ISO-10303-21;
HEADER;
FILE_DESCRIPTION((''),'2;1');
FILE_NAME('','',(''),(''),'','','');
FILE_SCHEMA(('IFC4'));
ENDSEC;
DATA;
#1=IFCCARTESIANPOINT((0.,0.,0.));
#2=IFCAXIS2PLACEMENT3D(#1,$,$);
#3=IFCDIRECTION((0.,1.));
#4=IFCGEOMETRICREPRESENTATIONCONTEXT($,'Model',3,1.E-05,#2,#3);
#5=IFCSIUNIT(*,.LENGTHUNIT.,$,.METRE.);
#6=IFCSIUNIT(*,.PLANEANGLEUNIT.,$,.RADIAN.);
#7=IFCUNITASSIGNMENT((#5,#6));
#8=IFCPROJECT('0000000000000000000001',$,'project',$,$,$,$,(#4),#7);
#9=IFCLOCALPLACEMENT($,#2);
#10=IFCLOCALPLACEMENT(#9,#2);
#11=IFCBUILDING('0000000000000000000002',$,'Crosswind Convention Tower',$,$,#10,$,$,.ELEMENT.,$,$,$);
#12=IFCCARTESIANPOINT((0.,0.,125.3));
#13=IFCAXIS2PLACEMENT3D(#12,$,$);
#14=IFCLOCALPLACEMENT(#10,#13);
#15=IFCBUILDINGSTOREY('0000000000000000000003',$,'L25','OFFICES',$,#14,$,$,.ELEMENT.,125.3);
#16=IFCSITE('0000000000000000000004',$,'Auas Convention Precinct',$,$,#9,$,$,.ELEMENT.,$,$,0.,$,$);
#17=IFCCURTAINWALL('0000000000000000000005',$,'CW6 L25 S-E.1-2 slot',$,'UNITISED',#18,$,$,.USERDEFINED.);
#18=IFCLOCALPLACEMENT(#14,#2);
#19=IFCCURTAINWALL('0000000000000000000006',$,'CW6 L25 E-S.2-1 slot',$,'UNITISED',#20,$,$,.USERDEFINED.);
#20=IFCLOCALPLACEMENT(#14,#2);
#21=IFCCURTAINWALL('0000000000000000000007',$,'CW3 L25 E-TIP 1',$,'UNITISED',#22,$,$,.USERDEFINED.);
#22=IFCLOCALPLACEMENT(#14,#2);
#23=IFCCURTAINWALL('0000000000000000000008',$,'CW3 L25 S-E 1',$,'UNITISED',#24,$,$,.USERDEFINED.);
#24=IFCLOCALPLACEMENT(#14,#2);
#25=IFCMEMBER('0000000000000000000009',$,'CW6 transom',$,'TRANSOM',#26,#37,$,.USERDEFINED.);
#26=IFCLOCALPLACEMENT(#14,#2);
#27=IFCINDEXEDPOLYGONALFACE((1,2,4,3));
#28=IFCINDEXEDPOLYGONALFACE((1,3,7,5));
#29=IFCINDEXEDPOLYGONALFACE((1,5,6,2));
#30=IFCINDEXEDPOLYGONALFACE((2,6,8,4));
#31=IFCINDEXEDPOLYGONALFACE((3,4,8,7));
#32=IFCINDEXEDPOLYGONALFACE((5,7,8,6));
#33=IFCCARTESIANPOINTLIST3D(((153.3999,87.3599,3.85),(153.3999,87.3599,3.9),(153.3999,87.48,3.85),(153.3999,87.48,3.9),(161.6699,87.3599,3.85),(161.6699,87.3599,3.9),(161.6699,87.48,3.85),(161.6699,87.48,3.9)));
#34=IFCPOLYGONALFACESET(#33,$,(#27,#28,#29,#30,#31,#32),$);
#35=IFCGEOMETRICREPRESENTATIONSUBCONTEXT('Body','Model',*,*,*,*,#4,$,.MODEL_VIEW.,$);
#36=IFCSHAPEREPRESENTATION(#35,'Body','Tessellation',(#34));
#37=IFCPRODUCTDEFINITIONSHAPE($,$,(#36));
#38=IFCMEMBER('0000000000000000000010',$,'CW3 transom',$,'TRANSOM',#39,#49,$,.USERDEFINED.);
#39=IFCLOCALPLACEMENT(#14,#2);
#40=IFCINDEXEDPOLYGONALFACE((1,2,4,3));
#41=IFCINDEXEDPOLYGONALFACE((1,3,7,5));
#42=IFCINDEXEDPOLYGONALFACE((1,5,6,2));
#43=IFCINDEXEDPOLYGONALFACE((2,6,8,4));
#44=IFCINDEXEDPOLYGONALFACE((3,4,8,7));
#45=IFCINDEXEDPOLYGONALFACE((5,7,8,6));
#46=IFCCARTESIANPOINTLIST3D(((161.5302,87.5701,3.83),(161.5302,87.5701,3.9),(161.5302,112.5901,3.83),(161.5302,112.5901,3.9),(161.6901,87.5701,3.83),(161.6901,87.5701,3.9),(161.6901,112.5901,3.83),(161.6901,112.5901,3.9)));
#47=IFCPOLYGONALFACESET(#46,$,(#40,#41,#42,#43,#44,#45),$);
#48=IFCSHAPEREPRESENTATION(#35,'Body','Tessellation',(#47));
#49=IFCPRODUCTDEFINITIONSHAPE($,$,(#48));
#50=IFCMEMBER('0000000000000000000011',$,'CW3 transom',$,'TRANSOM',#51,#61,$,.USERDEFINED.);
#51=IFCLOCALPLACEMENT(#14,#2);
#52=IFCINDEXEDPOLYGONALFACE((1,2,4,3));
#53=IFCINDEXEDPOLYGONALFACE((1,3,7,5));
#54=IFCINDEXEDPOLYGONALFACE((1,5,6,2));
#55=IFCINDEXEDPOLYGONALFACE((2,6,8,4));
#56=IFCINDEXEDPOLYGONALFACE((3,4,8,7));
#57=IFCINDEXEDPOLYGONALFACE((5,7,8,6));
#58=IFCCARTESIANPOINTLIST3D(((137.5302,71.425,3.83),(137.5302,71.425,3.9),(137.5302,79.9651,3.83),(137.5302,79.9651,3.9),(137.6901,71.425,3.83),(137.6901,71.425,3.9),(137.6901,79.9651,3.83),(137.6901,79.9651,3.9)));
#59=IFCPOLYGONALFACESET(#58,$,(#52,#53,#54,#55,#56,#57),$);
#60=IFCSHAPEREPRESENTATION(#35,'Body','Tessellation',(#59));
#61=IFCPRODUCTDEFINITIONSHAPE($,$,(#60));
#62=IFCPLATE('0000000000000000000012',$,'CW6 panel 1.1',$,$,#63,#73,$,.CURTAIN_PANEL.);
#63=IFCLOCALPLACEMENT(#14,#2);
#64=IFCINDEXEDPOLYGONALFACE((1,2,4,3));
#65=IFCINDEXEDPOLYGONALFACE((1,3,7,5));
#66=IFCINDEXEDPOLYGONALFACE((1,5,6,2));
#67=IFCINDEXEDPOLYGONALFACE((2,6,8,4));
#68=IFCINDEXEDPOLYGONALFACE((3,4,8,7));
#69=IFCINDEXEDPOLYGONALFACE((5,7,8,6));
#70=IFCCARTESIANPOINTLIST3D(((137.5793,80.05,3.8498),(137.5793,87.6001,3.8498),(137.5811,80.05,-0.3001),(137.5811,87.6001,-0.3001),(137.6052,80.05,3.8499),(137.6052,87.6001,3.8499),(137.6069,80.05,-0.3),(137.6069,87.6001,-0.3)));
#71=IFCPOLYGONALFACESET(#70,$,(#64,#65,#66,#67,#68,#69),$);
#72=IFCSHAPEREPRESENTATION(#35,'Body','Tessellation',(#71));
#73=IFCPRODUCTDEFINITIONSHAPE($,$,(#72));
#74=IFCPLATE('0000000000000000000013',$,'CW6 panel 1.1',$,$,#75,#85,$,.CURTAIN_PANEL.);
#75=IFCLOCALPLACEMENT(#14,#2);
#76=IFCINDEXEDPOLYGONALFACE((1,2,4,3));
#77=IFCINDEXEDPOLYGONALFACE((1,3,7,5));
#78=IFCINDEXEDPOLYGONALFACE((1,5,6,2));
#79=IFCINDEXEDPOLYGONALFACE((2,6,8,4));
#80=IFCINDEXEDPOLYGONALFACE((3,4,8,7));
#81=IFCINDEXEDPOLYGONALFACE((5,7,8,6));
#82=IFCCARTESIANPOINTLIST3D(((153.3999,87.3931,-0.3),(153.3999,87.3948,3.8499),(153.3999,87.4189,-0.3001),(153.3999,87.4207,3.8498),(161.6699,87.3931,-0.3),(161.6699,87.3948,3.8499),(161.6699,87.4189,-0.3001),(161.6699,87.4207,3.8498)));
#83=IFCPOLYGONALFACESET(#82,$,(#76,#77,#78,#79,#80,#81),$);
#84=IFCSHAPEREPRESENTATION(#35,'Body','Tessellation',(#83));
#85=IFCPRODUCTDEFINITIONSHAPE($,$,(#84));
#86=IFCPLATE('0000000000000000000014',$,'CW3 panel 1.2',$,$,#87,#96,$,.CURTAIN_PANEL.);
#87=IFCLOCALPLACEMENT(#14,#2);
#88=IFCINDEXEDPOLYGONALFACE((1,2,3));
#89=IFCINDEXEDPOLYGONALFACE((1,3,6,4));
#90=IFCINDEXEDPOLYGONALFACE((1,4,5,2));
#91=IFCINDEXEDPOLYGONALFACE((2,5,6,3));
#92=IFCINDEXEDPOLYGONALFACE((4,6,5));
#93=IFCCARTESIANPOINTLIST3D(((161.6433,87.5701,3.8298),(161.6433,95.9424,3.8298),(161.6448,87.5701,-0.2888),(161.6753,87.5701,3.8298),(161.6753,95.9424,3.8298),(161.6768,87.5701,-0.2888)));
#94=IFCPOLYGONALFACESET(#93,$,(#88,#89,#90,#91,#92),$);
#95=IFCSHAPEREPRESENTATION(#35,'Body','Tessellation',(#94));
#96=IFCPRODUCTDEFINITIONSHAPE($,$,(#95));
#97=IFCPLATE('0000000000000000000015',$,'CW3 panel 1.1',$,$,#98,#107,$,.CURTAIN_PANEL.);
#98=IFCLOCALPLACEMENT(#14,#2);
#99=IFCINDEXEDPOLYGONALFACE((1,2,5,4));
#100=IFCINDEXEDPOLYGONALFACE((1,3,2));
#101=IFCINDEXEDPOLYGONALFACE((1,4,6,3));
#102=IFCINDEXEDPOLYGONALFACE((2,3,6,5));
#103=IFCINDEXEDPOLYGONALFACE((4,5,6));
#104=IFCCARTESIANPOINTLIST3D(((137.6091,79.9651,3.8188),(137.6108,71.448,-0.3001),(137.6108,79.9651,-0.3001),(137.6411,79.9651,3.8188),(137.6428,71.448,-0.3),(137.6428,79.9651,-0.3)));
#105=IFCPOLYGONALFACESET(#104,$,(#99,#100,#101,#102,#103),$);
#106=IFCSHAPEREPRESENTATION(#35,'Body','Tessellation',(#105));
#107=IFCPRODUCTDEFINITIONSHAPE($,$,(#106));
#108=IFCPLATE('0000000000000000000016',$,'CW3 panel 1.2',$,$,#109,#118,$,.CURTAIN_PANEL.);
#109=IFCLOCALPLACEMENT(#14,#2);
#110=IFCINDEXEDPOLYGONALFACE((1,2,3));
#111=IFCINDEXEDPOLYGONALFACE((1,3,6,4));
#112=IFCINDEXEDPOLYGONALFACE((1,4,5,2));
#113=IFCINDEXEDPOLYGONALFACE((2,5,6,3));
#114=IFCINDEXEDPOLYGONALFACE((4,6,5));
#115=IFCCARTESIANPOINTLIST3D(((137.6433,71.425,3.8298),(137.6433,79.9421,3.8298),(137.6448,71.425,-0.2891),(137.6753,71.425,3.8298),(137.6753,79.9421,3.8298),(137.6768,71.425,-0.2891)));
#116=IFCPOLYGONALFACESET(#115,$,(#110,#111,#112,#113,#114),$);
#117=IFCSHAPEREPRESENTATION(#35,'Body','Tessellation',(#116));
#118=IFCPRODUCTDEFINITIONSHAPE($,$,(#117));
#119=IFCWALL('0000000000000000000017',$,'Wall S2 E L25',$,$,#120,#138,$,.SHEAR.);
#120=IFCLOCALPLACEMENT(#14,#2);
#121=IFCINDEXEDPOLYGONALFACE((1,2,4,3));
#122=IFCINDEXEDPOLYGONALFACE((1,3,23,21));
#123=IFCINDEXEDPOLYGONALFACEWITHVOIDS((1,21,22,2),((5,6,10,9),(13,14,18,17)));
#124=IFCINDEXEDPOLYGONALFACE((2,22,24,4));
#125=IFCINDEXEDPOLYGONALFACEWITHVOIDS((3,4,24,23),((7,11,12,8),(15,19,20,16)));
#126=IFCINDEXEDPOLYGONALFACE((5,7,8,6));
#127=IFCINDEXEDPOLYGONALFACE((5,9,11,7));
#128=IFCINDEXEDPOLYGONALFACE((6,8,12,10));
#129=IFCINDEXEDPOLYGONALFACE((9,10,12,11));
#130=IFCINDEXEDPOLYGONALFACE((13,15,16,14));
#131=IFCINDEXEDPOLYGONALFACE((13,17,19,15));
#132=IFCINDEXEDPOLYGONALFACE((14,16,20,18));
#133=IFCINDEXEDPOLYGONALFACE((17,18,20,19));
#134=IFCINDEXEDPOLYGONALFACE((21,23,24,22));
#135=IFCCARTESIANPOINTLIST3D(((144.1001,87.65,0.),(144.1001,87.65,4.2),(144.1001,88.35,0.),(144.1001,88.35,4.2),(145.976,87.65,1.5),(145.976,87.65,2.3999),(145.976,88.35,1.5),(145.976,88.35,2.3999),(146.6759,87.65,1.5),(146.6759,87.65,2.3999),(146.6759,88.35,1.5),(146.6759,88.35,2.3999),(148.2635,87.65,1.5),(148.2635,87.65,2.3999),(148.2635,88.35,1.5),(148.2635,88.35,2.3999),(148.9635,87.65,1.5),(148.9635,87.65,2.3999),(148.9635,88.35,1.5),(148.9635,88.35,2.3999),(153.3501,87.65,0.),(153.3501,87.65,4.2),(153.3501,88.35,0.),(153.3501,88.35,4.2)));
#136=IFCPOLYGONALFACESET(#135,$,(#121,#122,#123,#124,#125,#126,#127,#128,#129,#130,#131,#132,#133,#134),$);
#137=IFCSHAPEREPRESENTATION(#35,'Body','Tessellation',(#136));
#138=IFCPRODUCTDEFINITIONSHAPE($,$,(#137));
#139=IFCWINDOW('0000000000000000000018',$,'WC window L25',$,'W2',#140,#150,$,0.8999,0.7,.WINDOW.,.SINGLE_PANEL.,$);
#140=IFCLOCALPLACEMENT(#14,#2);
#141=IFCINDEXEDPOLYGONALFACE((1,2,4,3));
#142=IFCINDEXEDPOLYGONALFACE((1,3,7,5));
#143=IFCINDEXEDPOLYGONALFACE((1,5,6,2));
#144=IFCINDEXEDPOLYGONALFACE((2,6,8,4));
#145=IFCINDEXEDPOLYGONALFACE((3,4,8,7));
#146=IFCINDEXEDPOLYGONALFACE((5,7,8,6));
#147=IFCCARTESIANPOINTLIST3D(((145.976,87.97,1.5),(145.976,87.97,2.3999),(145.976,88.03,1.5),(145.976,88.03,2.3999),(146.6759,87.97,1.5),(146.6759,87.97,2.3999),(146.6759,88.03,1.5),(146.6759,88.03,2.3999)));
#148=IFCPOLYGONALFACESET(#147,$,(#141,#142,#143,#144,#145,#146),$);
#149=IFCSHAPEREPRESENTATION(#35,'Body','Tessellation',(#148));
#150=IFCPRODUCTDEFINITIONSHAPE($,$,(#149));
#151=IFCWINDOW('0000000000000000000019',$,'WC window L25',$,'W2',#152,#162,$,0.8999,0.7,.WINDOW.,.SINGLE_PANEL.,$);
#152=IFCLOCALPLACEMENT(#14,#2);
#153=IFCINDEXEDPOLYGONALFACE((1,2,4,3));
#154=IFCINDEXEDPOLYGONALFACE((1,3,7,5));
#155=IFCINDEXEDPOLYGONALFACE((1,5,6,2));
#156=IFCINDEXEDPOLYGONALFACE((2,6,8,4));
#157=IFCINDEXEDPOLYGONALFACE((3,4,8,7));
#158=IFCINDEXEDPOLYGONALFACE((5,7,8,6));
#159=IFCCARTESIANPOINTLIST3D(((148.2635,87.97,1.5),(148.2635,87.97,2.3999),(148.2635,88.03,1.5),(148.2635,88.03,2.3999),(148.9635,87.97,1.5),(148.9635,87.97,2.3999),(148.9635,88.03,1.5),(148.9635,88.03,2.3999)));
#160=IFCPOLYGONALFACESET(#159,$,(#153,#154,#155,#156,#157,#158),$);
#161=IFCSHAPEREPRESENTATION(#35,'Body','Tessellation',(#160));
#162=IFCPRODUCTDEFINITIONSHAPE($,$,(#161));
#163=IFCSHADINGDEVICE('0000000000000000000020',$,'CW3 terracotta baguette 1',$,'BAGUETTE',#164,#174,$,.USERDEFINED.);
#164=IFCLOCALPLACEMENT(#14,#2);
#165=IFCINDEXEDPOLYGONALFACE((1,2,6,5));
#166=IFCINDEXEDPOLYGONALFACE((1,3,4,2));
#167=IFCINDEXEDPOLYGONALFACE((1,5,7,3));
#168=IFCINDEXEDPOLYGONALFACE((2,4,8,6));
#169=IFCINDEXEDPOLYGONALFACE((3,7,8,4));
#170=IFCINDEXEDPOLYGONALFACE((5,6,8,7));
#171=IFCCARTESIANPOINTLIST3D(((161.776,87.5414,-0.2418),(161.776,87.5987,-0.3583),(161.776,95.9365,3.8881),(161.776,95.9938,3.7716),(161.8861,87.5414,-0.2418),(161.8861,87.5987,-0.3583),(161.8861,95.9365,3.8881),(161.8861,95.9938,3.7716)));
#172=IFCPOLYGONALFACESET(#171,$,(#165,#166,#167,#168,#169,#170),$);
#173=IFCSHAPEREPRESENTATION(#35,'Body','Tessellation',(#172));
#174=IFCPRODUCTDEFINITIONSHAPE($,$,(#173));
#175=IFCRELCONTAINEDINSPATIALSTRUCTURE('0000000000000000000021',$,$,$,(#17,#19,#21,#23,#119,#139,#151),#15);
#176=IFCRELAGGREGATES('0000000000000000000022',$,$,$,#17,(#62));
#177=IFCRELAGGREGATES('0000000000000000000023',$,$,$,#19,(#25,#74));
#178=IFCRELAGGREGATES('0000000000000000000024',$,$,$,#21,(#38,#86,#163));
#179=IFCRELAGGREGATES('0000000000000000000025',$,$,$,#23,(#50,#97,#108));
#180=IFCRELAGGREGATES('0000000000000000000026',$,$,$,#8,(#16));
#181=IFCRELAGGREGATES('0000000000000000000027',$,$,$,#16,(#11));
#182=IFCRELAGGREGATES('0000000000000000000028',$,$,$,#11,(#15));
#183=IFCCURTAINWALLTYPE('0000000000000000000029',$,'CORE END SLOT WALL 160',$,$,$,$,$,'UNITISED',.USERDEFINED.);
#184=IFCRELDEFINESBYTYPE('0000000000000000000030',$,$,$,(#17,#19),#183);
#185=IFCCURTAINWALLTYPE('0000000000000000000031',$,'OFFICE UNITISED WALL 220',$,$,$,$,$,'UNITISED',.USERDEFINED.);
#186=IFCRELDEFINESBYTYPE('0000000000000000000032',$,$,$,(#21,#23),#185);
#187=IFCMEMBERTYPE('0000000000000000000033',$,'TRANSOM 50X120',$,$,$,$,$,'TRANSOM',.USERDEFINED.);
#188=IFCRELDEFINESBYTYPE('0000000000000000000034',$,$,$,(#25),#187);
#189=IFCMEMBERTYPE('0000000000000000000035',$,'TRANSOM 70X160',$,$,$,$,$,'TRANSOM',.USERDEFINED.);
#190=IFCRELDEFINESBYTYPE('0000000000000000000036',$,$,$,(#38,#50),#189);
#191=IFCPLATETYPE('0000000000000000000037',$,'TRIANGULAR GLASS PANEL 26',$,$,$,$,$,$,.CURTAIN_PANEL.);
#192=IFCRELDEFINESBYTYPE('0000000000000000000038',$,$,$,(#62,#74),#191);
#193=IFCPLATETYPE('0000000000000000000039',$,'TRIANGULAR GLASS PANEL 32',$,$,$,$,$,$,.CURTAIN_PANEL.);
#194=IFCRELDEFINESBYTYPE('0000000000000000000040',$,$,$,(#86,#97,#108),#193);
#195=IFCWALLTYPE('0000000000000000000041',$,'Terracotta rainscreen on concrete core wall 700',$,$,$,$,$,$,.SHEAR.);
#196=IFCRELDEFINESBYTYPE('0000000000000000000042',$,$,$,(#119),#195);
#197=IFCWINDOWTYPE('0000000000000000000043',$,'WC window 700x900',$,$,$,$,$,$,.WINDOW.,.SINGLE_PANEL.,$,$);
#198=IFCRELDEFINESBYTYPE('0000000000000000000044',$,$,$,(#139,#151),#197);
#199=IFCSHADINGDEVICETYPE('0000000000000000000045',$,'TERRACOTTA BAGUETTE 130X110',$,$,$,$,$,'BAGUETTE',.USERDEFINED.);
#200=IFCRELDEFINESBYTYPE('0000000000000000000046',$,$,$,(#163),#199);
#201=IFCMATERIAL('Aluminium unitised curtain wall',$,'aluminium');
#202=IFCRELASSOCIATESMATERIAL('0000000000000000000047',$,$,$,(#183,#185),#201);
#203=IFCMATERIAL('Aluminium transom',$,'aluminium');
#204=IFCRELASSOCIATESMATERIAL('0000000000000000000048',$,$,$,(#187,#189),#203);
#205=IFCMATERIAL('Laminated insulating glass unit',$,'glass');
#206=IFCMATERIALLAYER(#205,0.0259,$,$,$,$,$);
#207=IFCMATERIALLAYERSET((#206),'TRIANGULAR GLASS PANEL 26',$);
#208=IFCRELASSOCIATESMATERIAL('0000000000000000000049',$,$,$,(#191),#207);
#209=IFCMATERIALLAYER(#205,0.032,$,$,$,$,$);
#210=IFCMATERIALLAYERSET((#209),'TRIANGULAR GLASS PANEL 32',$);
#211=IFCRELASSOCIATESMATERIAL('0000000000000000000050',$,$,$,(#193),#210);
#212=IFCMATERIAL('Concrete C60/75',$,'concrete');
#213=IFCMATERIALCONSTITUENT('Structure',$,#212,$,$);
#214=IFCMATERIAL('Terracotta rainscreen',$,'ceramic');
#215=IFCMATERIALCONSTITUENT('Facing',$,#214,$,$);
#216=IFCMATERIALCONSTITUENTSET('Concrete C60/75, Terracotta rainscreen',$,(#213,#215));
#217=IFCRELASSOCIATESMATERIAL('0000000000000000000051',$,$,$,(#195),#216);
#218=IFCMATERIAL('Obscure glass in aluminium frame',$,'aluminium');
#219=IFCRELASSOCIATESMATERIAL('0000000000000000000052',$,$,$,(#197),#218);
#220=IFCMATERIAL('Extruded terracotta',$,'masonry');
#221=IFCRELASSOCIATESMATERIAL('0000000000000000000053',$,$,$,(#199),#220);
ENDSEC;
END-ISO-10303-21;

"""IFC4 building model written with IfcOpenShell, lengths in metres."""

from ifc_helpers import new_model, si_unit, direction, frame, frame_2d, origin, origin_2d, place, context, subcontext, project, spatial, polyline, rectangle, outline, extrude, material, layer, layer_set, constituent, constituent_set, material_profile, profile_set, type_object, element, fill, aggregate, save


model = new_model("IFC4")

# Units and contexts
model_context = context("Model", 3, precision=1e-05, world=origin(), true_north=direction((0.0, 1.0)))
body_context = subcontext(model_context, "Body", "Model", "MODEL_VIEW")
ifc_project = project(units=[si_unit("LENGTHUNIT", "METRE"), si_unit("PLANEANGLEUNIT", "RADIAN")], contexts=[model_context])

# Site, building, storey
site_placement = place(None, origin())
site = spatial("IfcSite", under=ifc_project, at=site_placement, Name="Auas Convention Precinct", CompositionType="ELEMENT", RefElevation=0.0)
building_placement = place(site_placement, origin())
building = spatial("IfcBuilding", under=site, at=building_placement, Name="Crosswind Convention Tower", CompositionType="ELEMENT")
storey_placement = place(building_placement, frame((0.0, 0.0, 125.3)))
storey = spatial("IfcBuildingStorey", under=building, at=storey_placement, Name="L25", Description="OFFICES", CompositionType="ELEMENT", Elevation=125.3)

# Shared definitions
ifc_material_1 = material(Name="Concrete C60/75", Category="concrete")

# Curtain wall
ifc_material_2 = material(Name="Aluminium unitised curtain wall", Category="aluminium")
curtain_wall_type_1 = type_object("IfcCurtainWallType", Name="CORE END SLOT WALL 160", ElementType="UNITISED", PredefinedType="USERDEFINED", material=ifc_material_2)
curtain_wall_1_placement = place(storey_placement, origin())
curtain_wall_1 = element("IfcCurtainWall", 1, at=curtain_wall_1_placement, inside=storey, type_object=curtain_wall_type_1, Name="CW6 L25 S-E.1-2 slot", ObjectType="UNITISED", PredefinedType="USERDEFINED")

# Curtain wall
curtain_wall_2_placement = place(storey_placement, origin())
curtain_wall_2 = element("IfcCurtainWall", 2, at=curtain_wall_2_placement, inside=storey, type_object=curtain_wall_type_1, Name="CW6 L25 E-S.2-1 slot", ObjectType="UNITISED", PredefinedType="USERDEFINED")

# Curtain walls
curtain_wall_type_2 = type_object("IfcCurtainWallType", Name="OFFICE UNITISED WALL 220", ElementType="UNITISED", PredefinedType="USERDEFINED", material=ifc_material_2)
curtain_wall_3_placement = place(storey_placement, origin())
curtain_wall_3 = element("IfcCurtainWall", 3, at=curtain_wall_3_placement, inside=storey, type_object=curtain_wall_type_2, Name="CW3 L25 E-TIP 1", ObjectType="UNITISED", PredefinedType="USERDEFINED")
curtain_wall_4_placement = place(storey_placement, origin())
curtain_wall_4 = element("IfcCurtainWall", 4, at=curtain_wall_4_placement, inside=storey, type_object=curtain_wall_type_2, Name="CW3 L25 S-E 1", ObjectType="UNITISED", PredefinedType="USERDEFINED")

# Members
ifc_material_3 = material(Name="Aluminium transom", Category="aluminium")
ifc_material_profile_1 = material_profile(ifc_material_3, rectangle(XDim=0.1201, YDim=0.05, at=origin_2d()), Name="AL 120X50")
ifc_profile_set_1 = profile_set([ifc_material_profile_1], Name="Aluminium transom")
member_type_1 = type_object("IfcMemberType", Name="TRANSOM 50X120", ElementType="TRANSOM", PredefinedType="USERDEFINED", material=ifc_profile_set_1)
member_1_placement = place(storey_placement, frame((153.3999, 87.4199, 3.875), z_axis=(1.0, 0.0, 0.0), x_axis=(0.0, 1.0, 0.0)))
member_1 = element("IfcMember", 5, at=member_1_placement, type_object=member_type_1, Name="CW6 transom", ObjectType="TRANSOM", PredefinedType="USERDEFINED", context=body_context, shape_type="SweptSolid", body=[
    extrude(rectangle(XDim=0.1201, YDim=0.05, at=origin_2d()), origin(), (0.0, 0.0, 1.0), 8.27),
])
ifc_material_profile_2 = material_profile(ifc_material_3, rectangle(XDim=0.1599, YDim=0.0701, at=origin_2d()), Name="AL 160X70")
ifc_profile_set_2 = profile_set([ifc_material_profile_2], Name="Aluminium transom")
member_type_2 = type_object("IfcMemberType", Name="TRANSOM 70X160", ElementType="TRANSOM", PredefinedType="USERDEFINED", material=ifc_profile_set_2)
member_2_placement = place(storey_placement, frame((161.6101, 87.5701, 3.865), z_axis=(0.0, 1.0, 0.0), x_axis=(-1.0, 0.0, 0.0)))
member_2 = element("IfcMember", 6, at=member_2_placement, type_object=member_type_2, Name="CW3 transom", ObjectType="TRANSOM", PredefinedType="USERDEFINED", context=body_context, shape_type="SweptSolid", body=[
    extrude(rectangle(XDim=0.1599, YDim=0.0701, at=origin_2d()), origin(), (0.0, 0.0, 1.0), 25.02),
])
member_3_placement = place(storey_placement, frame((137.6101, 71.425, 3.865), z_axis=(0.0, 1.0, 0.0), x_axis=(-1.0, 0.0, 0.0)))
member_3 = element("IfcMember", 7, at=member_3_placement, type_object=member_type_2, Name="CW3 transom", ObjectType="TRANSOM", PredefinedType="USERDEFINED", context=body_context, shape_type="SweptSolid", body=[
    extrude(rectangle(XDim=0.1599, YDim=0.0701, at=origin_2d()), origin(), (0.0, 0.0, 1.0), 8.54),
])

# Plates
ifc_material_4 = material(Name="Laminated insulating glass unit", Category="glass")
ifc_layer_1 = layer(ifc_material_4, 0.0259)
ifc_layer_set_1 = layer_set([ifc_layer_1], Name="TRIANGULAR GLASS PANEL 26")
plate_type_1 = type_object("IfcPlateType", Name="TRIANGULAR GLASS PANEL 26", PredefinedType="CURTAIN_PANEL", material=ifc_layer_set_1)
plate_1_placement = place(storey_placement, frame((137.6069, 80.05, -0.3), z_axis=(1.0, 0.0, 0.000412), x_axis=(0.0, 1.0, 0.0)))
plate_1 = element("IfcPlate", 8, at=plate_1_placement, type_object=plate_type_1, Name="CW6 panel 1.1", PredefinedType="CURTAIN_PANEL", context=body_context, shape_type="SweptSolid", body=[
    extrude(outline(polyline([(0.0, 0.0), (7.55, 0.0), (7.55, 4.1499), (0.0, 4.1499), (0.0, 0.0)])), origin(), (0.0, 0.0, -1.0), 0.0259),
])
aggregate(curtain_wall_1, [plate_1])
plate_2_placement = place(storey_placement, frame((153.3999, 87.3931, -0.3), z_axis=(0.0, -1.0, 0.000412), x_axis=(1.0, 0.0, 0.0)))
plate_2 = element("IfcPlate", 9, at=plate_2_placement, type_object=plate_type_1, Name="CW6 panel 1.1", PredefinedType="CURTAIN_PANEL", context=body_context, shape_type="SweptSolid", body=[
    extrude(outline(polyline([(0.0, 0.0), (8.27, 0.0), (8.27, 4.1499), (0.0, 4.1499), (0.0, 0.0)])), origin(), (0.0, 0.0, -1.0), 0.0259),
])
aggregate(curtain_wall_2, [member_1, plate_2])
ifc_layer_2 = layer(ifc_material_4, 0.032)
ifc_layer_set_2 = layer_set([ifc_layer_2], Name="TRIANGULAR GLASS PANEL 32")
plate_type_2 = type_object("IfcPlateType", Name="TRIANGULAR GLASS PANEL 32", PredefinedType="CURTAIN_PANEL", material=ifc_layer_set_2)
plate_3_placement = place(storey_placement, frame((161.6753, 87.5701, 3.8298), z_axis=(1.0, 0.0, 0.000356), x_axis=(0.000356, 0.0, -1.0)))
plate_3 = element("IfcPlate", 10, at=plate_3_placement, type_object=plate_type_2, Name="CW3 panel 1.2", PredefinedType="CURTAIN_PANEL", context=body_context, shape_type="SweptSolid", body=[
    extrude(outline(polyline([(0.0, 0.0), (4.1187, 0.0), (0.0, 8.3723), (0.0, 0.0)])), origin(), (0.0, 0.0, -1.0), 0.032),
])
plate_4_placement = place(storey_placement, frame((137.6428, 79.9651, -0.3), z_axis=(1.0, 0.0, 0.000415), x_axis=(-0.000415, 0.0, 1.0)))
plate_4 = element("IfcPlate", 11, at=plate_4_placement, type_object=plate_type_2, Name="CW3 panel 1.1", PredefinedType="CURTAIN_PANEL", context=body_context, shape_type="SweptSolid", body=[
    extrude(outline(polyline([(0.0, 0.0), (4.1189, 0.0), (0.0, 8.5171), (0.0, 0.0)])), origin(), (0.0, 0.0, -1.0), 0.032),
])
plate_5_placement = place(storey_placement, frame((137.6753, 71.425, 3.8298), z_axis=(1.0, 0.0, 0.000356), x_axis=(0.000356, 0.0, -1.0)))
plate_5 = element("IfcPlate", 12, at=plate_5_placement, type_object=plate_type_2, Name="CW3 panel 1.2", PredefinedType="CURTAIN_PANEL", context=body_context, shape_type="SweptSolid", body=[
    extrude(outline(polyline([(0.0, 0.0), (4.1189, 0.0), (0.0, 8.5171), (0.0, 0.0)])), origin(), (0.0, 0.0, -1.0), 0.032),
])

# Wall, openings, windows
ifc_constituent_1 = constituent(ifc_material_1, Name="Structure")
ifc_material_5 = material(Name="Terracotta rainscreen", Category="ceramic")
ifc_constituent_2 = constituent(ifc_material_5, Name="Facing")
ifc_constituent_set = constituent_set(constituents=[ifc_constituent_1, ifc_constituent_2], Name="Concrete C60/75, Terracotta rainscreen")
wall_type = type_object("IfcWallType", Name="Terracotta rainscreen on concrete core wall 700", PredefinedType="SHEAR", material=ifc_constituent_set)
wall_placement = place(storey_placement, frame((144.1001, 88.0, 0.0), z_axis=(0.0, 0.0, 1.0), x_axis=(1.0, 0.0, 0.0)))
wall = element("IfcWall", 13, at=wall_placement, inside=storey, type_object=wall_type, Name="Wall S2 E L25", PredefinedType="SHEAR", context=body_context, shape_type="SweptSolid", body=[
    extrude(rectangle(XDim=9.25, YDim=0.7, at=frame_2d((4.625, 0.0))), origin(), (0.0, 0.0, 1.0), 4.2),
])
opening_1_placement = place(wall_placement, frame((1.8757, 0.0, 1.5)))
opening_1 = element("IfcOpeningElement", 14, at=opening_1_placement, cuts=wall, PredefinedType="OPENING", context=body_context, shape_type="SweptSolid", body=[
    extrude(rectangle(XDim=0.7, YDim=0.8999, at=frame_2d((0.3501, 0.45))), frame((0.0, 0.3599, 0.0), z_axis=(0.0, -1.0, 0.0), x_axis=(1.0, 0.0, 0.0)), (0.0, 0.0, 1.0), 0.72),
])
opening_2_placement = place(wall_placement, frame((4.1633, 0.0, 1.5)))
opening_2 = element("IfcOpeningElement", 15, at=opening_2_placement, cuts=wall, PredefinedType="OPENING", context=body_context, shape_type="SweptSolid", body=[
    extrude(rectangle(XDim=0.7, YDim=0.8999, at=frame_2d((0.3501, 0.45))), frame((0.0, 0.3599, 0.0), z_axis=(0.0, -1.0, 0.0), x_axis=(1.0, 0.0, 0.0)), (0.0, 0.0, 1.0), 0.72),
])
ifc_material_6 = material(Name="Obscure glass in aluminium frame", Category="aluminium")
window_type = type_object("IfcWindowType", Name="WC window 700x900", PartitioningType="SINGLE_PANEL", PredefinedType="WINDOW", material=ifc_material_6)
window_1_placement = place(opening_1_placement, origin())
window_1 = element("IfcWindow", 16, at=window_1_placement, inside=storey, type_object=window_type, Name="WC window L25", ObjectType="W2", OverallHeight=0.8999, OverallWidth=0.7, PartitioningType="SINGLE_PANEL", PredefinedType="WINDOW", context=body_context, shape_type="SweptSolid", body=[
    extrude(rectangle(XDim=0.7, YDim=0.8999, at=frame_2d((0.3501, 0.45))), frame((0.0, 0.03, 0.0), z_axis=(0.0, -1.0, 0.0), x_axis=(1.0, 0.0, 0.0)), (0.0, 0.0, 1.0), 0.0601),
])
fill(opening_1, window_1)
window_2_placement = place(opening_2_placement, origin())
window_2 = element("IfcWindow", 17, at=window_2_placement, inside=storey, type_object=window_type, Name="WC window L25", ObjectType="W2", OverallHeight=0.8999, OverallWidth=0.7, PartitioningType="SINGLE_PANEL", PredefinedType="WINDOW", context=body_context, shape_type="SweptSolid", body=[
    extrude(rectangle(XDim=0.7, YDim=0.8999, at=frame_2d((0.3501, 0.45))), frame((0.0, 0.03, 0.0), z_axis=(0.0, -1.0, 0.0), x_axis=(1.0, 0.0, 0.0)), (0.0, 0.0, 1.0), 0.0601),
])
fill(opening_2, window_2)

# Shading device
ifc_material_7 = material(Name="Extruded terracotta", Category="masonry")
ifc_material_profile_3 = material_profile(ifc_material_7, rectangle(XDim=0.1101, YDim=0.1299, at=origin_2d()), Name="TC 110X130")
ifc_profile_set_3 = profile_set([ifc_material_profile_3], Name="Extruded terracotta")
shading_device_type = type_object("IfcShadingDeviceType", Name="TERRACOTTA BAGUETTE 130X110", ElementType="BAGUETTE", PredefinedType="USERDEFINED", material=ifc_profile_set_3)
shading_device_1_placement = place(storey_placement, frame((161.8311, 87.5701, -0.3), z_axis=(0.0, 0.8973, 0.441422), x_axis=(-1.0, 0.0, 0.0)))
shading_device_1 = element("IfcShadingDevice", 18, at=shading_device_1_placement, type_object=shading_device_type, Name="CW3 terracotta baguette 1", ObjectType="BAGUETTE", PredefinedType="USERDEFINED", context=body_context, shape_type="SweptSolid", body=[
    extrude(rectangle(XDim=0.1101, YDim=0.1299, at=origin_2d()), origin(), (0.0, 0.0, 1.0), 9.356),
])
aggregate(curtain_wall_3, [member_2, plate_3, shading_device_1])
aggregate(curtain_wall_4, [member_3, plate_4, plate_5])

save(model, "model.ifc")
